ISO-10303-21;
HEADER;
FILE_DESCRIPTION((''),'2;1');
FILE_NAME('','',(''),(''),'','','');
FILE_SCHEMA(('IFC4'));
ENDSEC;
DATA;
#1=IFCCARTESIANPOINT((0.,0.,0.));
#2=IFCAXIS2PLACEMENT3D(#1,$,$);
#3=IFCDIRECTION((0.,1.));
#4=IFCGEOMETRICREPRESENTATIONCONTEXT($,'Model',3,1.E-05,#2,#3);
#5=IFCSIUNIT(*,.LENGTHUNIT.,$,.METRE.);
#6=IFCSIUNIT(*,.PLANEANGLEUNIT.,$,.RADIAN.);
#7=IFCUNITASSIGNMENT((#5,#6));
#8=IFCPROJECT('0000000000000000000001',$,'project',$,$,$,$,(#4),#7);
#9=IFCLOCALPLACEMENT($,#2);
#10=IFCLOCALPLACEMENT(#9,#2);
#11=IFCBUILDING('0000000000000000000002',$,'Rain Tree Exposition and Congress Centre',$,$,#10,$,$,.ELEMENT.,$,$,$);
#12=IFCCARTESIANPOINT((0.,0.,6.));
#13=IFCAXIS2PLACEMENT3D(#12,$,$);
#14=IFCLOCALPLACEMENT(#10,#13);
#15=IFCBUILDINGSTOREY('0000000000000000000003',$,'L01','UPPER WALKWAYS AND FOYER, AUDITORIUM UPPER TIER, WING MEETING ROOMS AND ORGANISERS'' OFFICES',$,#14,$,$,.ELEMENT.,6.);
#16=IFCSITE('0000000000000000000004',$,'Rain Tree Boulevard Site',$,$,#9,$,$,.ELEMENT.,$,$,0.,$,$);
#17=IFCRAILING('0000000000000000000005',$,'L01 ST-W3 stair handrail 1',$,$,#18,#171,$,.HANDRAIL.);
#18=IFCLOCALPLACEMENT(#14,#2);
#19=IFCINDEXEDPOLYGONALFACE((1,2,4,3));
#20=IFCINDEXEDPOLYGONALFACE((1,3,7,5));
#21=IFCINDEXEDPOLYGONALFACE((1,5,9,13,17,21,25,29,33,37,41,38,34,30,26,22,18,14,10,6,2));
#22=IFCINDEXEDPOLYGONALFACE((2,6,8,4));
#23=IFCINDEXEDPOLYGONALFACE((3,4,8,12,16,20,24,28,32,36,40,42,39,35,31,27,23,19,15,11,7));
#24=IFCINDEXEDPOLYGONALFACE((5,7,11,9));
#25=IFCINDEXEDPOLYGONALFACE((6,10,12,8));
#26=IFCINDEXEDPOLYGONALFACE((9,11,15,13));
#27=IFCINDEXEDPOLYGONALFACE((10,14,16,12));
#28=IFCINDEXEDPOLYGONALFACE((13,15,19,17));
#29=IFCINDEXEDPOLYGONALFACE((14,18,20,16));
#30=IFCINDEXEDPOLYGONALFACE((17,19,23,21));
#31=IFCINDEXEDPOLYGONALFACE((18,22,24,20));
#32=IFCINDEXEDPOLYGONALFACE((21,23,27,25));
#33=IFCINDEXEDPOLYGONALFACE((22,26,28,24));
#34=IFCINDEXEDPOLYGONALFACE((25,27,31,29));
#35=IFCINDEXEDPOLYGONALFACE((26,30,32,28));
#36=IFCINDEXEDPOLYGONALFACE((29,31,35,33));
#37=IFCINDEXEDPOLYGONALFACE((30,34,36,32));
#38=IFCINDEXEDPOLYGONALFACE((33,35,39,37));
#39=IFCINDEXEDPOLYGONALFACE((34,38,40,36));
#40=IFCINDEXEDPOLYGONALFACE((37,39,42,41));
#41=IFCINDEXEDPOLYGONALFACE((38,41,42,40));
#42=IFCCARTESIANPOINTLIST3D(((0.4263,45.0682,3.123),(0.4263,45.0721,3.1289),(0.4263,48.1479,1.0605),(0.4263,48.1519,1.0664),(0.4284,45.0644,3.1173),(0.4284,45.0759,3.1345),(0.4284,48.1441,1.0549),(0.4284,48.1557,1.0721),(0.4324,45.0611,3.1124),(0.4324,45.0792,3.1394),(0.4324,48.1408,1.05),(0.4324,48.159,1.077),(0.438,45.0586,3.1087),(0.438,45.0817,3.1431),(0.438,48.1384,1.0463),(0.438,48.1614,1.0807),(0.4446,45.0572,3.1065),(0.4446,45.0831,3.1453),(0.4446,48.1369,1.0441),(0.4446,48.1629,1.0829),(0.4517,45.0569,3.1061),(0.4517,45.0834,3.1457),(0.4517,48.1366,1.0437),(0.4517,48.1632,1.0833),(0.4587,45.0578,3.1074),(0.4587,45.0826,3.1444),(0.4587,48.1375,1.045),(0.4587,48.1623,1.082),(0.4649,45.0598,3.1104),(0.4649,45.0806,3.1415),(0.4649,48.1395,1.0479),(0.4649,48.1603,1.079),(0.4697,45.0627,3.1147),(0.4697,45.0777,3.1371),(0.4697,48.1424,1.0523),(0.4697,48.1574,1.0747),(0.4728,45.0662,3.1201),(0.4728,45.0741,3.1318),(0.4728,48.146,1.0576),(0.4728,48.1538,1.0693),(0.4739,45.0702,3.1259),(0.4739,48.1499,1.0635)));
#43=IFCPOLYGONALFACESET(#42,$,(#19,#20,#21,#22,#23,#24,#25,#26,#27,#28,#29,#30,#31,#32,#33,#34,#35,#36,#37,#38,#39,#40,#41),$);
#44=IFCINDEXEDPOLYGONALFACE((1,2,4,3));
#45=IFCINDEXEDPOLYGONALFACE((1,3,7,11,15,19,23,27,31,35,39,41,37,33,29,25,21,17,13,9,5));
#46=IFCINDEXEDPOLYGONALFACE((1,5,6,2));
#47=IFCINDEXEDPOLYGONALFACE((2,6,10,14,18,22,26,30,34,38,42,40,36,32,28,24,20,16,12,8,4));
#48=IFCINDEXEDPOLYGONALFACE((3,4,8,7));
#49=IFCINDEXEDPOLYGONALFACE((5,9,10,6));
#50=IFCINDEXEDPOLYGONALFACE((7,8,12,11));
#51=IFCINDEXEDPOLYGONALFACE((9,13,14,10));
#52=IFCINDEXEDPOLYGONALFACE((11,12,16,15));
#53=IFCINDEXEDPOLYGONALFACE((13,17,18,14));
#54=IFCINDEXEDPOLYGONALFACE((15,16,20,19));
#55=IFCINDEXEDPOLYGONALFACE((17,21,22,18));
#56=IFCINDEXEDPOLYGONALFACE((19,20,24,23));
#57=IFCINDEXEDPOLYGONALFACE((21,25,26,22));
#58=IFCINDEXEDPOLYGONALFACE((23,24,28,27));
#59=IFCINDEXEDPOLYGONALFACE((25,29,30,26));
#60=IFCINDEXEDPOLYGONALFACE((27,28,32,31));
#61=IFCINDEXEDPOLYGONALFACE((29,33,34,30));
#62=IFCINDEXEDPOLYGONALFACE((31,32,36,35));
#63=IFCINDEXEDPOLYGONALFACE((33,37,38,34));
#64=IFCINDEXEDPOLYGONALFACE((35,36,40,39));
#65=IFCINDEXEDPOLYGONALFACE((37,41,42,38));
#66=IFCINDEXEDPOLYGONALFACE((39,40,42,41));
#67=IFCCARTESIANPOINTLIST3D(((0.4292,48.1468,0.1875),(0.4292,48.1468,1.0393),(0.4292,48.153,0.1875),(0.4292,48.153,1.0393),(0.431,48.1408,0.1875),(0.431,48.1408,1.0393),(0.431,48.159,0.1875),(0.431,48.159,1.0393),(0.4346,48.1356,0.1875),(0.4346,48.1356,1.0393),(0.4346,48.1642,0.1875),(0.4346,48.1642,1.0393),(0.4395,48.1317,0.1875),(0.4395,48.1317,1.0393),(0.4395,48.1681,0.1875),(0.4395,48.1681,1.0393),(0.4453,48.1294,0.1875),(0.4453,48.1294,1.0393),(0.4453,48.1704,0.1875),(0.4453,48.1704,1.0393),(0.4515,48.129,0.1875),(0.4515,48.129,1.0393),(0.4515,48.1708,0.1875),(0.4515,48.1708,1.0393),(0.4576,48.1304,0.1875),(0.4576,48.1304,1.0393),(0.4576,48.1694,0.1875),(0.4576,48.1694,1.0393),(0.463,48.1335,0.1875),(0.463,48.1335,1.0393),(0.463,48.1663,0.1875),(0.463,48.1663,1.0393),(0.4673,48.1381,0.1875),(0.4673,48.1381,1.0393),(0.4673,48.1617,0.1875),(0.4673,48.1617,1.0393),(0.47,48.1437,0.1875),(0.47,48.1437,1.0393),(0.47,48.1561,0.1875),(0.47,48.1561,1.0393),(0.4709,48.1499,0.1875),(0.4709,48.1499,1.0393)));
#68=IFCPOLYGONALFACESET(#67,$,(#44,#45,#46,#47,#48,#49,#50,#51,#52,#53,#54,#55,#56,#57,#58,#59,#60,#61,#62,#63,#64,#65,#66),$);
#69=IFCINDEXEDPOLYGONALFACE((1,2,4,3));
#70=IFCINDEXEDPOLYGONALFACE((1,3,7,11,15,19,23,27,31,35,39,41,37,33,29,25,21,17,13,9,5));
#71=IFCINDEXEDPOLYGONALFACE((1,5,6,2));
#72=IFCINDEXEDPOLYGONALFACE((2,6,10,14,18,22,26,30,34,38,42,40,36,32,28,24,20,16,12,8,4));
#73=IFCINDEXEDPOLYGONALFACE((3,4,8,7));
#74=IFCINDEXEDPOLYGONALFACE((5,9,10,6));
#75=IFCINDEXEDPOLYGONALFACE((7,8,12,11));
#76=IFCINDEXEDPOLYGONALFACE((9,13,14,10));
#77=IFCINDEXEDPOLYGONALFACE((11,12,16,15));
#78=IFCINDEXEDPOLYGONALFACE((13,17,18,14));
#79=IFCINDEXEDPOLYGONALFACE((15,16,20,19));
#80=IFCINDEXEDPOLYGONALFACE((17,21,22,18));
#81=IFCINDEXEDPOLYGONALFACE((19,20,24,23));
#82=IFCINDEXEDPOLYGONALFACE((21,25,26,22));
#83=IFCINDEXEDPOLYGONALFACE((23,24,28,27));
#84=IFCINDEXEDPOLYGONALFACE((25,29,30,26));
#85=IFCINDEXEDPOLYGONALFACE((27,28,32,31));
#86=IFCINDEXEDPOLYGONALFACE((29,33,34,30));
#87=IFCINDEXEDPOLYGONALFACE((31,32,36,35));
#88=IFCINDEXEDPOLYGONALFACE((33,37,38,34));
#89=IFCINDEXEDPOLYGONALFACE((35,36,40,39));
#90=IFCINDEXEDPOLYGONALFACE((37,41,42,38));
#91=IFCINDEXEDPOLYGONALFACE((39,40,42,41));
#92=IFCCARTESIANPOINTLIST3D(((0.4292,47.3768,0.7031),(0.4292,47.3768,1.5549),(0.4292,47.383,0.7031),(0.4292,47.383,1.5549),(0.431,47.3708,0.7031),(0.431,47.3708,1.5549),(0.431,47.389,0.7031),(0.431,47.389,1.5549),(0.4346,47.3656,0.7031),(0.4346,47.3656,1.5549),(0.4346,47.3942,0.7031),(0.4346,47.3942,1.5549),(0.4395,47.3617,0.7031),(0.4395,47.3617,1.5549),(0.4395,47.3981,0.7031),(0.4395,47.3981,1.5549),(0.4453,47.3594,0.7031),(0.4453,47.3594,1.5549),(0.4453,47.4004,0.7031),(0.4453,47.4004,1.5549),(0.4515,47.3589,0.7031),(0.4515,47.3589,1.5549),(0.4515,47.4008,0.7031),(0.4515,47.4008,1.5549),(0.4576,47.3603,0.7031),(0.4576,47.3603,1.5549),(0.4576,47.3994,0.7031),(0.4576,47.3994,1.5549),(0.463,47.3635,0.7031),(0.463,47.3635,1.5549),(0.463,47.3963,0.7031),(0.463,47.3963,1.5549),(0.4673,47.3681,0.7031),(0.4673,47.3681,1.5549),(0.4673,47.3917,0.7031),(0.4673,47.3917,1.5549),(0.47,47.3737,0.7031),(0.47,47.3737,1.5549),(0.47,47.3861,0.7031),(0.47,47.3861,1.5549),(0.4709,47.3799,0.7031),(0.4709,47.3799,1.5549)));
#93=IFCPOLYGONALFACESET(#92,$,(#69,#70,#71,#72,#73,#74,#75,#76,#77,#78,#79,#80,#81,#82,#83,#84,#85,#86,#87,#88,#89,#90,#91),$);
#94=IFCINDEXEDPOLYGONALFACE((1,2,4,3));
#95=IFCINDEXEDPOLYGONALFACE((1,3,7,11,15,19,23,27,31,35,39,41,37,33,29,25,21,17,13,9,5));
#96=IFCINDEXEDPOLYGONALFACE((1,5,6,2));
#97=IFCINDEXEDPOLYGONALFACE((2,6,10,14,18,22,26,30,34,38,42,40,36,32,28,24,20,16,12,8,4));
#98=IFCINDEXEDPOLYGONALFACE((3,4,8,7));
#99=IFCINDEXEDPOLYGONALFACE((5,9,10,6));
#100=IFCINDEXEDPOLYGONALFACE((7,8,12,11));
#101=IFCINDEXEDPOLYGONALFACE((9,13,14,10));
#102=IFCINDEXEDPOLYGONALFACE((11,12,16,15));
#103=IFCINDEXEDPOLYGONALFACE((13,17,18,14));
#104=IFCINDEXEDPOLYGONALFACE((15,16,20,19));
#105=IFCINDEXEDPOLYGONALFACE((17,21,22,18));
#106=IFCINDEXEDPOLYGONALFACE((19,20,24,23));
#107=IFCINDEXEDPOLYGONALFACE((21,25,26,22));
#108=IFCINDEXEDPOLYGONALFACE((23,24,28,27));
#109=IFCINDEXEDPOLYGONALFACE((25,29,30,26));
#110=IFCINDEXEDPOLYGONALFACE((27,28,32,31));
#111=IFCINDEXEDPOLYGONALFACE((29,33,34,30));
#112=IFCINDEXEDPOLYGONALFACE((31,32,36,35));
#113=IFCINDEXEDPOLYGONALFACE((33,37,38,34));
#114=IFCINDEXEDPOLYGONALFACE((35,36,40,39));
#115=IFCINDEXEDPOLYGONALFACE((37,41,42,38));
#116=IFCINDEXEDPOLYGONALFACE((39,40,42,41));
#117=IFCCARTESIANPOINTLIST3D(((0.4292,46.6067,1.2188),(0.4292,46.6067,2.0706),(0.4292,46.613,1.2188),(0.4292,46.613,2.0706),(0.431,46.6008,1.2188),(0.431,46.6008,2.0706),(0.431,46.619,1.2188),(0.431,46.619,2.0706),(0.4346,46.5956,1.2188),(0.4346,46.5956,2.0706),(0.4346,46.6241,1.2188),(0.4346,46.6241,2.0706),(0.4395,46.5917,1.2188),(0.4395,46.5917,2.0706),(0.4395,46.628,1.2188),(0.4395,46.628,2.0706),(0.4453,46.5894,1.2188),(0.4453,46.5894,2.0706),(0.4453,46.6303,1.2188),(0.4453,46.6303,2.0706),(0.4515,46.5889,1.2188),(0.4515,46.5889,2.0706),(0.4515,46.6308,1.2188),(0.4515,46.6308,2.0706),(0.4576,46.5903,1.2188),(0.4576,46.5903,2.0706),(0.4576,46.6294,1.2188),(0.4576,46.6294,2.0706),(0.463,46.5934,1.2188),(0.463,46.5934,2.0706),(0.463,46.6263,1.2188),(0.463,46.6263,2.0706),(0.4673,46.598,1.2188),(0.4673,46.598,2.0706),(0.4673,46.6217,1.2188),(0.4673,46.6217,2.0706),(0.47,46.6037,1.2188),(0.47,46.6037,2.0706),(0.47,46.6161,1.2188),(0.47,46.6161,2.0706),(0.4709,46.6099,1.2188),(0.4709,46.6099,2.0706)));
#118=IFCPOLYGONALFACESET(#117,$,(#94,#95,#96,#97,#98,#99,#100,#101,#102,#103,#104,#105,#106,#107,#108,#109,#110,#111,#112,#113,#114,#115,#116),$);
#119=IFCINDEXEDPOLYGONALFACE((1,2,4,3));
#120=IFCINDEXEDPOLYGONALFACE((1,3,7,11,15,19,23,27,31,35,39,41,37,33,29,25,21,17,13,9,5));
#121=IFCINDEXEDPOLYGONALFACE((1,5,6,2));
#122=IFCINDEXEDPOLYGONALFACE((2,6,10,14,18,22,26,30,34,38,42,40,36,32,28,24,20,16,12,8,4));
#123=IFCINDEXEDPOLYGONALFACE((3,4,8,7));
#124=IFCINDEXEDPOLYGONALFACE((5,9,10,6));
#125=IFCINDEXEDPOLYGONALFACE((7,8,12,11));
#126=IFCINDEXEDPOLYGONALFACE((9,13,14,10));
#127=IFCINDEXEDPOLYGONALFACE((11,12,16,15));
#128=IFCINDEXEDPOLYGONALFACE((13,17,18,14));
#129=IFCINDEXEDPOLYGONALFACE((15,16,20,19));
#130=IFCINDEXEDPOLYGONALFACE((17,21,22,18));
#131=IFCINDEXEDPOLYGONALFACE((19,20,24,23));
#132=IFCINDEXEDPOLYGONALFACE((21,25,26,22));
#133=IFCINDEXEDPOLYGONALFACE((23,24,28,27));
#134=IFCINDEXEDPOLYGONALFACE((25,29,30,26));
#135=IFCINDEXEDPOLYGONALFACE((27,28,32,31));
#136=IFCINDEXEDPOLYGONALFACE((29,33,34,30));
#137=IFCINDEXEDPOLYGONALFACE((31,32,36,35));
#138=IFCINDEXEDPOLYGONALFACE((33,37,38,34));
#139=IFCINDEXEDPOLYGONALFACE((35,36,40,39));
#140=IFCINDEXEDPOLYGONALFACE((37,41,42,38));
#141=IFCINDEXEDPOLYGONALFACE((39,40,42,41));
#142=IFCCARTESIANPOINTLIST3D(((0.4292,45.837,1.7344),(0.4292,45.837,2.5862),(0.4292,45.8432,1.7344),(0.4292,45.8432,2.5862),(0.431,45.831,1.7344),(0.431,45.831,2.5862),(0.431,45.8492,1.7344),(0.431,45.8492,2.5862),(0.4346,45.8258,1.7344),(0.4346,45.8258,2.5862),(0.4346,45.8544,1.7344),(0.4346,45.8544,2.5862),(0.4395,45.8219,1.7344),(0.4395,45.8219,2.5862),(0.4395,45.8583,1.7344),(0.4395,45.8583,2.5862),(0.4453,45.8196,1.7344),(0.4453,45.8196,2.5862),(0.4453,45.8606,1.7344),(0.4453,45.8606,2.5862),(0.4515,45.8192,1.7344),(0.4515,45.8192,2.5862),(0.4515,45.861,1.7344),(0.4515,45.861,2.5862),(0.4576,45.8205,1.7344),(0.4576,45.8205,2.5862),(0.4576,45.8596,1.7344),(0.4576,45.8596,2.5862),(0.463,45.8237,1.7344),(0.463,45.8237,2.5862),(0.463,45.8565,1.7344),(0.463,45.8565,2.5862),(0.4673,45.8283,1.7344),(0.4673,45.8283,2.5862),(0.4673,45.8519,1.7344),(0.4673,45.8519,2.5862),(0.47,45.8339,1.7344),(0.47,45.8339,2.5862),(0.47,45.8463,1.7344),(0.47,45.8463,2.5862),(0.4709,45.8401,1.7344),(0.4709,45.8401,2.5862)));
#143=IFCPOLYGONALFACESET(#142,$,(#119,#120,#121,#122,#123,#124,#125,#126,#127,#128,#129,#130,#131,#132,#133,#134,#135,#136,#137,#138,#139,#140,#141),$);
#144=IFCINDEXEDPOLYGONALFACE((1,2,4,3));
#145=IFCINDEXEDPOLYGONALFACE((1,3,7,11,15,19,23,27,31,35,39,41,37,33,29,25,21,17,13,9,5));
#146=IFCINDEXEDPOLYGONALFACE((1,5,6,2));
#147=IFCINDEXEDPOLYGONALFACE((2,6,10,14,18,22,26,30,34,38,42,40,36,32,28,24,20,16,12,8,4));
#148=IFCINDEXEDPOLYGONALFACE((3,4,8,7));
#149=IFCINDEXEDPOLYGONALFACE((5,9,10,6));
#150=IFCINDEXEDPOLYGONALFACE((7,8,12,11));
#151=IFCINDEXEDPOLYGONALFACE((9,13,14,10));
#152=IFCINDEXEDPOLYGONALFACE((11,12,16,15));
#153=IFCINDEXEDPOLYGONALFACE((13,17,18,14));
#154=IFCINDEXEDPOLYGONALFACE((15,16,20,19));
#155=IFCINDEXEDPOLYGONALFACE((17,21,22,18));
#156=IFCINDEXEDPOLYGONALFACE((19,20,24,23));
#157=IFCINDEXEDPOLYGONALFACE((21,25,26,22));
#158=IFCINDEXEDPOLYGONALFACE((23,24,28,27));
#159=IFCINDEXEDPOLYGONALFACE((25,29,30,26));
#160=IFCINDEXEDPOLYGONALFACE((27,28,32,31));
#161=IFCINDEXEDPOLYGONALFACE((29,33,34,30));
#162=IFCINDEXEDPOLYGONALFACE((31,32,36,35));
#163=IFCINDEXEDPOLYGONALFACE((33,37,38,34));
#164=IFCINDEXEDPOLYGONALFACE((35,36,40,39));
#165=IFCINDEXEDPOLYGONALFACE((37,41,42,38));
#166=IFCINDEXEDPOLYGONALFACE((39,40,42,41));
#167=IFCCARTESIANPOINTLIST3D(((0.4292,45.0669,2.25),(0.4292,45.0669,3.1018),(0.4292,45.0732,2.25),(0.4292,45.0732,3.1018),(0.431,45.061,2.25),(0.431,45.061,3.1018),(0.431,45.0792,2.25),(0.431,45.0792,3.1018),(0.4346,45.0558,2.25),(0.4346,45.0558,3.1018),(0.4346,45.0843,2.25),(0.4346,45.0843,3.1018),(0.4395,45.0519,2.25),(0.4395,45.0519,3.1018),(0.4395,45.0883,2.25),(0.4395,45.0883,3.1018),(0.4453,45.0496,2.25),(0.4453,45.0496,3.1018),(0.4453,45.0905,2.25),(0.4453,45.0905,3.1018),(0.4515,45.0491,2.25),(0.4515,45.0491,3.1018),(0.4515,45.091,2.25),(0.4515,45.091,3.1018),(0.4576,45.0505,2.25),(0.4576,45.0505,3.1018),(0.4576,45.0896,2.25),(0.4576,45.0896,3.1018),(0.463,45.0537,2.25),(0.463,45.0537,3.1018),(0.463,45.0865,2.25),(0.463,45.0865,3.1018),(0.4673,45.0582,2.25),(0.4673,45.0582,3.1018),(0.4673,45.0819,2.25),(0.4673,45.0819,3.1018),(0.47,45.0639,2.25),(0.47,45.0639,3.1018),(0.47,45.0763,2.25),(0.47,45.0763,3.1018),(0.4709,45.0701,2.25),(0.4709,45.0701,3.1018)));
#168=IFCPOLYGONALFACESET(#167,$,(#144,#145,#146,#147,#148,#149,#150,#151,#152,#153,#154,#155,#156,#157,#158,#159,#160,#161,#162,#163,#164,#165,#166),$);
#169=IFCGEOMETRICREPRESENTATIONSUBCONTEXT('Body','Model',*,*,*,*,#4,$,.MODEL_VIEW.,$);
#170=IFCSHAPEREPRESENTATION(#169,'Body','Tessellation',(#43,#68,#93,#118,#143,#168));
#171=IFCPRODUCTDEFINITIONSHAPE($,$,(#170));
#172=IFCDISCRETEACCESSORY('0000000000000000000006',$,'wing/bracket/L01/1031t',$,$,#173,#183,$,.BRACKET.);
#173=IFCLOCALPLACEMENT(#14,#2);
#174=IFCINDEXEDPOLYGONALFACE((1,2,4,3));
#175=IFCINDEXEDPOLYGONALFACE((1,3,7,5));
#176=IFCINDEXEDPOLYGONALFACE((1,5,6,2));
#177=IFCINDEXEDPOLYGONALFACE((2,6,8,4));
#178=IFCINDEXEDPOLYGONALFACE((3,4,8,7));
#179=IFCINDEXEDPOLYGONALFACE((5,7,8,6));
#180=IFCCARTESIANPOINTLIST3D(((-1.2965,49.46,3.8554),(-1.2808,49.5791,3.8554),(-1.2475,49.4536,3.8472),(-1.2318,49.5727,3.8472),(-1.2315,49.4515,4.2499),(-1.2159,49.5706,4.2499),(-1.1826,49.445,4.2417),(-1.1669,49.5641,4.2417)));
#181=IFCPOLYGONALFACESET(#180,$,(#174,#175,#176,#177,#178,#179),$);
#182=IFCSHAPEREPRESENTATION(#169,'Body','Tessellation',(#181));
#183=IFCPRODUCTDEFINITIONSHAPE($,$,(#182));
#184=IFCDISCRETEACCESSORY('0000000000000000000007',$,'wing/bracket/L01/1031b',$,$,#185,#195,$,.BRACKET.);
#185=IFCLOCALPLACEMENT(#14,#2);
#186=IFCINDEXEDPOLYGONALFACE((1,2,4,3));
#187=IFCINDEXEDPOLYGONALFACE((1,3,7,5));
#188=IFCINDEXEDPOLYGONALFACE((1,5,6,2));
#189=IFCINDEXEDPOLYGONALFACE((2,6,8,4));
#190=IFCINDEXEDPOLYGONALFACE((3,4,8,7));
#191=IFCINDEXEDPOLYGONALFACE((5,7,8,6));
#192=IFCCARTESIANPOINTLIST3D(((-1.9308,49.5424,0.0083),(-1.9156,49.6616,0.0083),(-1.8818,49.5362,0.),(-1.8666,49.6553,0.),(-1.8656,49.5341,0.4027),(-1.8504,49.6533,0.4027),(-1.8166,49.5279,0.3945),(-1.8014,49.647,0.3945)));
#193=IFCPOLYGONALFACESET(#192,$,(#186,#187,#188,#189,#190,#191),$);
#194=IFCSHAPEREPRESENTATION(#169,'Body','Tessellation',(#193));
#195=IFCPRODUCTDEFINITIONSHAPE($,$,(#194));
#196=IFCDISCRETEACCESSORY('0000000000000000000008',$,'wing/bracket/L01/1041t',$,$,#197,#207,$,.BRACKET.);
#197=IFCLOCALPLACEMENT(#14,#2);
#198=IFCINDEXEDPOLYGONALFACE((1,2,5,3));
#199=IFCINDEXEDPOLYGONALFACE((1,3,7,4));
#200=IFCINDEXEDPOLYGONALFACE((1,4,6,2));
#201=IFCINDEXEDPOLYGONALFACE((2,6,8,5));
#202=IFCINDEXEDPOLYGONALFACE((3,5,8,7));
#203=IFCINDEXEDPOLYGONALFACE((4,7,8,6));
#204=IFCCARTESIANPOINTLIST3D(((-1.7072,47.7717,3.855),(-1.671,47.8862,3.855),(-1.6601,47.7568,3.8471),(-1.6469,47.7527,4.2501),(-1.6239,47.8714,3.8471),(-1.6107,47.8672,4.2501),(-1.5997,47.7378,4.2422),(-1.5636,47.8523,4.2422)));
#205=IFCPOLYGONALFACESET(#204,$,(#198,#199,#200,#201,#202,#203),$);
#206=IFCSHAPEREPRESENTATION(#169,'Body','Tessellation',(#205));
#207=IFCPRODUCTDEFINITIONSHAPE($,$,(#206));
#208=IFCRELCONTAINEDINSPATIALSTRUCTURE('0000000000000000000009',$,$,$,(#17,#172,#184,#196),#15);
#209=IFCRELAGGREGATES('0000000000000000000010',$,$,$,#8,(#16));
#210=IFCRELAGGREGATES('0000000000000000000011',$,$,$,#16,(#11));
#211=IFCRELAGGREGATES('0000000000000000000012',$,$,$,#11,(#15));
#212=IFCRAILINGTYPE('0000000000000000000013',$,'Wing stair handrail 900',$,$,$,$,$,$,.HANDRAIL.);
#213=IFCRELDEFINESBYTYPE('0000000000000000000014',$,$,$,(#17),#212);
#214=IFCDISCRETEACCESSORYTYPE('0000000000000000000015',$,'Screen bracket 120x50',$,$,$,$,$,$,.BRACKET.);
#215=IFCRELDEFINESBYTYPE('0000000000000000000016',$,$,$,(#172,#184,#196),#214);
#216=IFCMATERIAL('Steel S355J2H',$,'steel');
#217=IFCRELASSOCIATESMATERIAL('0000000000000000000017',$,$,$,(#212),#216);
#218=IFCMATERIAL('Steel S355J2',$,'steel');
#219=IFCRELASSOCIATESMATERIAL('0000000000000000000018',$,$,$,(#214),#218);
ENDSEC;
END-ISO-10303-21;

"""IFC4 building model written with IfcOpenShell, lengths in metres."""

from ifc_helpers import new_model, si_unit, direction, frame, origin, origin_2d, place, context, subcontext, project, spatial, rectangle, circle, extrude, material, material_profile, profile_set, type_object, element, save


model = new_model("IFC4")

# Units and contexts
model_context = context("Model", 3, precision=1e-05, world=origin(), true_north=direction((0.0, 1.0)))
body_context = subcontext(model_context, "Body", "Model", "MODEL_VIEW")
ifc_project = project(units=[si_unit("LENGTHUNIT", "METRE"), si_unit("PLANEANGLEUNIT", "RADIAN")], contexts=[model_context])

# Site, building, storey
site_placement = place(None, origin())
site = spatial("IfcSite", under=ifc_project, at=site_placement, Name="Rain Tree Boulevard Site", CompositionType="ELEMENT", RefElevation=0.0)
building_placement = place(site_placement, origin())
building = spatial("IfcBuilding", under=site, at=building_placement, Name="Rain Tree Exposition and Congress Centre", CompositionType="ELEMENT")
storey_placement = place(building_placement, frame((0.0, 0.0, 6.0)))
storey = spatial("IfcBuildingStorey", under=building, at=storey_placement, Name="L01", Description="UPPER WALKWAYS AND FOYER, AUDITORIUM UPPER TIER, WING MEETING ROOMS AND ORGANISERS' OFFICES", CompositionType="ELEMENT", Elevation=6.0)

# Railing
ifc_material_1 = material(Name="Steel S355J2H", Category="steel")
railing_type_1 = type_object("IfcRailingType", Name="Wing stair handrail 900", PredefinedType="HANDRAIL", material=ifc_material_1)
railing_1_placement = place(storey_placement, frame((0.45, 48.1499, 0.1875)))
element("IfcRailing", 1, at=railing_1_placement, inside=storey, type_object=railing_type_1, Name="L01 ST-W3 stair handrail 1", PredefinedType="HANDRAIL", context=body_context, shape_type="SweptSolid", body=[
    extrude(circle(Radius=0.0239, at=origin_2d()), frame((0.0, 0.0, 0.876), z_axis=(0.0, -0.830893, 0.556432), x_axis=(1.0, 0.0, 0.0)), (0.0, 0.0, 1.0), 3.7065),
    extrude(circle(Radius=0.021, at=origin_2d()), origin(), (0.0, 0.0, 1.0), 0.8518),
    extrude(circle(Radius=0.021, at=origin_2d()), frame((0.0, -0.77, 0.5156)), (0.0, 0.0, 1.0), 0.8518),
    extrude(circle(Radius=0.021, at=origin_2d()), frame((0.0, -1.54, 1.0312)), (0.0, 0.0, 1.0), 0.8518),
    extrude(circle(Radius=0.021, at=origin_2d()), frame((0.0, -2.3098, 1.5469)), (0.0, 0.0, 1.0), 0.8518),
    extrude(circle(Radius=0.021, at=origin_2d()), frame((0.0, -3.0798, 2.0625)), (0.0, 0.0, 1.0), 0.8518),
])

# Discrete accessories
ifc_material_2 = material(Name="Steel S355J2", Category="steel")
ifc_material_profile_1 = material_profile(ifc_material_2, rectangle(XDim=0.1201, YDim=0.05, at=origin_2d()), Name="Flat bar 120x50")
ifc_profile_set_1 = profile_set([ifc_material_profile_1], Name="Steel S355J2")
discrete_accessory_type = type_object("IfcDiscreteAccessoryType", Name="Screen bracket 120x50", PredefinedType="BRACKET", material=ifc_profile_set_1)
for number, where, z_axis, x_axis, name in (
    (2, (-1.2642, 49.5164, 3.8513), (0.162381, -0.021366, 0.986497), (0.130455, 0.991454, 0.0), "wing/bracket/L01/1031t"),
    (3, (-1.8987, 49.5989, 0.0042), (0.162978, -0.020754, 0.986411), (0.126321, 0.991989, 0.0), "wing/bracket/L01/1031b"),
):
    element("IfcDiscreteAccessory", number, at=place(storey_placement, frame(where, z_axis=z_axis, x_axis=x_axis)), inside=storey, type_object=discrete_accessory_type, Name=name, PredefinedType="BRACKET", context=body_context, shape_type="SweptSolid", body=[
        extrude(rectangle(XDim=0.1201, YDim=0.05, at=origin_2d()), origin(), (0.0, 0.0, 1.0), 0.3999),
    ])
for number, where, z_axis, x_axis, name in (
    (4, (-1.6655, 47.8215, 3.8511), (0.150738, -0.047602, 0.987427), (0.301131, 0.953583, 0.0), "wing/bracket/L01/1041t"),
):
    element("IfcDiscreteAccessory", number, at=place(storey_placement, frame(where, z_axis=z_axis, x_axis=x_axis)), inside=storey, type_object=discrete_accessory_type, Name=name, PredefinedType="BRACKET", context=body_context, shape_type="SweptSolid", body=[
        extrude(rectangle(XDim=0.1201, YDim=0.05, at=origin_2d()), origin(), (0.0, 0.0, 1.0), 0.4001),
    ])

save(model, "model.ifc")
